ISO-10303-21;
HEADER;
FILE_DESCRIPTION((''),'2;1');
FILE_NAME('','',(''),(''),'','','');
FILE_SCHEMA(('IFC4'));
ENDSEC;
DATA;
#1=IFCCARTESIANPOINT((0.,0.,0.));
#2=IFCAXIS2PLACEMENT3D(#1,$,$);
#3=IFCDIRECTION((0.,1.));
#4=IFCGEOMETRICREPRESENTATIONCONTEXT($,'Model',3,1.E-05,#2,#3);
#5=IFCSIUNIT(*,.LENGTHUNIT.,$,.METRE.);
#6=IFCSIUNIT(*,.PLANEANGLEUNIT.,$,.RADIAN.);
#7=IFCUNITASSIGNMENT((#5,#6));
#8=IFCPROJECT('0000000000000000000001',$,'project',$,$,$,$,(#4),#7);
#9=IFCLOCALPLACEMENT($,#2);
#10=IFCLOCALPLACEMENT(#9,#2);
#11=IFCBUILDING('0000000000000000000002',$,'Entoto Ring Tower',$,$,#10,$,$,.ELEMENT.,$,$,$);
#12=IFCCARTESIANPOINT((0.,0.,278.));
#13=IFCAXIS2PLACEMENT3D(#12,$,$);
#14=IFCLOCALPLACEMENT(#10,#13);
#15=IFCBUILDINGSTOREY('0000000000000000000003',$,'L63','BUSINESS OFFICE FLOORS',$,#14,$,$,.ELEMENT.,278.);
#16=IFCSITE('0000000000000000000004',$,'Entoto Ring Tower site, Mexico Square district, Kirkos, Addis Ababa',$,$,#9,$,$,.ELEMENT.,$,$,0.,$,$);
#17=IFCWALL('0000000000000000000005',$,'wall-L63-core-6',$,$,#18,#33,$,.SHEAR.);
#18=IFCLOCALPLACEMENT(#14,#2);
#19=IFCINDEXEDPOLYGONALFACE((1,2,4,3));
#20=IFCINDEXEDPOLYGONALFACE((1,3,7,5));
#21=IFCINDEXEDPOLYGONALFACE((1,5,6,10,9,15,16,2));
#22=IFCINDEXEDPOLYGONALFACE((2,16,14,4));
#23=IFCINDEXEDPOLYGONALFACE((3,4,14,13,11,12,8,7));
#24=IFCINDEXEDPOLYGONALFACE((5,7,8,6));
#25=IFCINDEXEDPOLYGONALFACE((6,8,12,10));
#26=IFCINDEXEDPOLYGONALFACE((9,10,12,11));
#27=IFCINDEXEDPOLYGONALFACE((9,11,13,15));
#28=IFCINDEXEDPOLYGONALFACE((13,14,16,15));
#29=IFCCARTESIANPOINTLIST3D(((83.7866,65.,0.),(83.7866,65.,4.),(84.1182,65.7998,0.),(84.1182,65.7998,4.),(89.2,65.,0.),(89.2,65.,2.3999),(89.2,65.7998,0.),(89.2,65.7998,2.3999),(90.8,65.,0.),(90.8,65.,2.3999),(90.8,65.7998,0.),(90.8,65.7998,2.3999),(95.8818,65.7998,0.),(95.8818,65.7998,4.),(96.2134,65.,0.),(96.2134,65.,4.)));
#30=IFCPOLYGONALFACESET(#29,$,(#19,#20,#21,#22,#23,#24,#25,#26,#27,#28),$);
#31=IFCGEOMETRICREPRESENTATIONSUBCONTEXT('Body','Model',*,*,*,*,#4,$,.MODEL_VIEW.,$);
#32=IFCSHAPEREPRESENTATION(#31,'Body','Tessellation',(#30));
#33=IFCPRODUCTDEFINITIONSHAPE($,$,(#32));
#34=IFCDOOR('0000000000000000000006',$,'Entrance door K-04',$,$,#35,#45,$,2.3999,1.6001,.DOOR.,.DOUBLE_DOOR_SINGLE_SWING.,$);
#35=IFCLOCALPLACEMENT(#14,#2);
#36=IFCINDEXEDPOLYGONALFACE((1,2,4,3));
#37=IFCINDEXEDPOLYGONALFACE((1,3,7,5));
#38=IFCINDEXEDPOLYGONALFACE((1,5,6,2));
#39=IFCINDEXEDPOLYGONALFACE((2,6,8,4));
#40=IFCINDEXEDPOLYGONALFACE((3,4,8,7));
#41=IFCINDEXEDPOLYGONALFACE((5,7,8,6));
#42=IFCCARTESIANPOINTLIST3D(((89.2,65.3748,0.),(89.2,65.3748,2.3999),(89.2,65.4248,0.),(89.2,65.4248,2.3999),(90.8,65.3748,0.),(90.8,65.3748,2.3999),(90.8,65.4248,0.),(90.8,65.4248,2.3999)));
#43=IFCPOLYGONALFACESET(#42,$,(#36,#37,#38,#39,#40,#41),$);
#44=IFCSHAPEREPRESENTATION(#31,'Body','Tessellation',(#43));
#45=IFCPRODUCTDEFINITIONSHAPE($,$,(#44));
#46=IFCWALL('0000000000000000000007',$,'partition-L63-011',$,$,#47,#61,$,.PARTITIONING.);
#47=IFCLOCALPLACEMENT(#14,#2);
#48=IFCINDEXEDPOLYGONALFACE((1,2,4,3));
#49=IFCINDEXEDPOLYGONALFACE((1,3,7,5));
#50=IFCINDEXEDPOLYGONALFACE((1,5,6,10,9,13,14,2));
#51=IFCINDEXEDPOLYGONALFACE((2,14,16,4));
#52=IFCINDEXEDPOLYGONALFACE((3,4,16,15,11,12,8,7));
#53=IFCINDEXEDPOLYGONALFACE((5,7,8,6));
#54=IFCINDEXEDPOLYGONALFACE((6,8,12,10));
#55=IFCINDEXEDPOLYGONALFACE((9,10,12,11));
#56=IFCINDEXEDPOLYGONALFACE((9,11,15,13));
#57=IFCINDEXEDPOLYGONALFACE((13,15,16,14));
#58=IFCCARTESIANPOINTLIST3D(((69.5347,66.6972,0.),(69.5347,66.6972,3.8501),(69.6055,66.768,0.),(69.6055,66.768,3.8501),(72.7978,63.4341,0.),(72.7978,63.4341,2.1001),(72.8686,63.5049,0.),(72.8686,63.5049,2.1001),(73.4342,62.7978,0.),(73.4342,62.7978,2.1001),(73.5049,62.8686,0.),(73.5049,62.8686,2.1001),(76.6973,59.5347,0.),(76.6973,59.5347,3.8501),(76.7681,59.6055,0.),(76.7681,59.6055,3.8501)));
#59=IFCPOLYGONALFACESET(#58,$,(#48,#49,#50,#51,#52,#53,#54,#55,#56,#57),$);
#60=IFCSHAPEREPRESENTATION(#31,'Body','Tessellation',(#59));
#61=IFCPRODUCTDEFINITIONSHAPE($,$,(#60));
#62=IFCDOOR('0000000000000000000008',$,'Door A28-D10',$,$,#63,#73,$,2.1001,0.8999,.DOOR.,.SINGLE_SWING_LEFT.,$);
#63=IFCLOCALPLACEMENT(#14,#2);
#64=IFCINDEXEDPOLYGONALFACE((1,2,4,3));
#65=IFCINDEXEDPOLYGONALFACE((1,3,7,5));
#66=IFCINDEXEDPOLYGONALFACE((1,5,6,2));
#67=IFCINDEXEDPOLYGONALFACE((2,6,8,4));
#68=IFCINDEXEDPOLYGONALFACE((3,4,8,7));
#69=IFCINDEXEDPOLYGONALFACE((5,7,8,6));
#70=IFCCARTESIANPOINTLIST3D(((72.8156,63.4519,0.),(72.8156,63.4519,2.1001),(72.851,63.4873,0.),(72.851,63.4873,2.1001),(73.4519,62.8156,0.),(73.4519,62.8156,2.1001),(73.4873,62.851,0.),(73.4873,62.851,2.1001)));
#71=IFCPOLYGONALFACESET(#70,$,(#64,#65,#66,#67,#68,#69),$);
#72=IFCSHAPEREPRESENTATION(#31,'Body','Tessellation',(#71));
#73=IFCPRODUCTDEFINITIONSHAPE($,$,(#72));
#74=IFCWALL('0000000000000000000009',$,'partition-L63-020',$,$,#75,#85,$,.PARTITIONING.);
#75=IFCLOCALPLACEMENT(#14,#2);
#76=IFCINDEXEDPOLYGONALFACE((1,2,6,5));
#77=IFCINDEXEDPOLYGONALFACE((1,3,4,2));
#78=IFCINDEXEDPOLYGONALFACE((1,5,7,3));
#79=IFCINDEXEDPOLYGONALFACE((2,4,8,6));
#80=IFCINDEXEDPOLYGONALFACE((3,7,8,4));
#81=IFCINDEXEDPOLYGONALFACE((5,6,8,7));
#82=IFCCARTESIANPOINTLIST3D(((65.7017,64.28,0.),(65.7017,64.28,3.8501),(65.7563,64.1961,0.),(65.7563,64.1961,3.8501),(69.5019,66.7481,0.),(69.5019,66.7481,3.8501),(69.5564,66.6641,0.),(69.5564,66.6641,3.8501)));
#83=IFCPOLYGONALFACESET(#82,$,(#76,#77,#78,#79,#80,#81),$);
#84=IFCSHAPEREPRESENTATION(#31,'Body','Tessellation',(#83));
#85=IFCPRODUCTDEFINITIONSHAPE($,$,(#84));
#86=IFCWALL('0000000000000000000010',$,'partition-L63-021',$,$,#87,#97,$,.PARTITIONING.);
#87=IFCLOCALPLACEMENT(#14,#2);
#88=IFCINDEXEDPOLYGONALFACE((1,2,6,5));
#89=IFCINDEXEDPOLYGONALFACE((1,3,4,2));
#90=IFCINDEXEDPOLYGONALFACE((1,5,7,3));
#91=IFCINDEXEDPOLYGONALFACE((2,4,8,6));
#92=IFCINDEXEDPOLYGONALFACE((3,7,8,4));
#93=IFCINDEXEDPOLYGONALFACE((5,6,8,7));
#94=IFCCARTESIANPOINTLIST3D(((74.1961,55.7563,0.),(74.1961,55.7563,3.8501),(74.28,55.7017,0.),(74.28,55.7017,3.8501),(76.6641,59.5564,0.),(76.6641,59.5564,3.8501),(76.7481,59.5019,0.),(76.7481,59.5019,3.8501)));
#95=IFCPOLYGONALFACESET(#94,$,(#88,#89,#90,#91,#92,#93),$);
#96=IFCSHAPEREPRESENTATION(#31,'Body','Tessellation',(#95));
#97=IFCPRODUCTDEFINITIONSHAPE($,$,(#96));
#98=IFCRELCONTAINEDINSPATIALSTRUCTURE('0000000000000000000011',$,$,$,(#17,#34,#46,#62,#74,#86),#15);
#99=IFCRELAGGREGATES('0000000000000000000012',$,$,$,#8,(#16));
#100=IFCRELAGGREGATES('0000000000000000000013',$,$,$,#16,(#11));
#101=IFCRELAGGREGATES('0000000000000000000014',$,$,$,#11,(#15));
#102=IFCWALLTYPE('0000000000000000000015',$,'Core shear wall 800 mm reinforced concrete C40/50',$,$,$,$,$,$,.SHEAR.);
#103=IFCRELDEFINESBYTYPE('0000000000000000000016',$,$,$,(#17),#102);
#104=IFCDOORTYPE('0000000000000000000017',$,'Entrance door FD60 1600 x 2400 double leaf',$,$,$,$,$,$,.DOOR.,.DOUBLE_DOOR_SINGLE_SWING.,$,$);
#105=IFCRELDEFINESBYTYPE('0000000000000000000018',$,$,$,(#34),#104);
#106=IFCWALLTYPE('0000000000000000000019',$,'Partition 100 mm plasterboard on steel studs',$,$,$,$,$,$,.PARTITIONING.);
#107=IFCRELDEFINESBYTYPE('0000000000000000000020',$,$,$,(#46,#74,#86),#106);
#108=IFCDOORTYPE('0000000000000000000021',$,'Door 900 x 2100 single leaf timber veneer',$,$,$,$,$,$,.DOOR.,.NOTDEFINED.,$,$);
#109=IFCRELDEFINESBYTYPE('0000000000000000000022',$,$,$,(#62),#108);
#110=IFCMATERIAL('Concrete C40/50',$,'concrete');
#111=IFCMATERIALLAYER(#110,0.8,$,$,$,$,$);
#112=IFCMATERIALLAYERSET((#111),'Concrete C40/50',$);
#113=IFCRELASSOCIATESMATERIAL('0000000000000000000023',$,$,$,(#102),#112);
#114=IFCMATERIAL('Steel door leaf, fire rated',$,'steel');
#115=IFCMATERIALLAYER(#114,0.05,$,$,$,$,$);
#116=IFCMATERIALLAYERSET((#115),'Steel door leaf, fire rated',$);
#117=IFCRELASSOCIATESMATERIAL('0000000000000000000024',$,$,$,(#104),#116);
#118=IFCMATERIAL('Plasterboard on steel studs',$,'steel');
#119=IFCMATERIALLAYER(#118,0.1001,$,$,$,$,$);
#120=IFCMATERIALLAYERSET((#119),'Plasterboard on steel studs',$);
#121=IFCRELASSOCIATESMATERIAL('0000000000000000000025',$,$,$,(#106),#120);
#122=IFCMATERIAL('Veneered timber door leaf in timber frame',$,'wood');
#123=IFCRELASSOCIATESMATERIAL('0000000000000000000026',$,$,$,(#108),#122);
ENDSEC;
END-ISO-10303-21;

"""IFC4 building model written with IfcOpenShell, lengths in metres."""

from ifc_helpers import new_model, si_unit, direction, frame, frame_2d, origin, place, context, subcontext, project, spatial, polyline, rectangle, outline, extrude, material, layer, layer_set, type_object, element, fill, save


model = new_model("IFC4")

# Units and contexts
model_context = context("Model", 3, precision=1e-05, world=origin(), true_north=direction((0.0, 1.0)))
body_context = subcontext(model_context, "Body", "Model", "MODEL_VIEW")
ifc_project = project(units=[si_unit("LENGTHUNIT", "METRE"), si_unit("PLANEANGLEUNIT", "RADIAN")], contexts=[model_context])

# Site, building, storey
site_placement = place(None, origin())
site = spatial("IfcSite", under=ifc_project, at=site_placement, Name="Entoto Ring Tower site, Mexico Square district, Kirkos, Addis Ababa", CompositionType="ELEMENT", RefElevation=0.0)
building_placement = place(site_placement, origin())
building = spatial("IfcBuilding", under=site, at=building_placement, Name="Entoto Ring Tower", CompositionType="ELEMENT")
storey_placement = place(building_placement, frame((0.0, 0.0, 278.0)))
storey = spatial("IfcBuildingStorey", under=building, at=storey_placement, Name="L63", Description="BUSINESS OFFICE FLOORS", CompositionType="ELEMENT", Elevation=278.0)

# Walls, openings, doors
ifc_material_1 = material(Name="Concrete C40/50", Category="concrete")
ifc_layer_1 = layer(ifc_material_1, 0.8)
ifc_layer_set_1 = layer_set([ifc_layer_1], Name="Concrete C40/50")
wall_type_1 = type_object("IfcWallType", Name="Core shear wall 800 mm reinforced concrete C40/50", PredefinedType="SHEAR", material=ifc_layer_set_1)
wall_1_placement = place(storey_placement, frame((83.9524, 65.3999, 0.0), z_axis=(0.0, 0.0, 1.0), x_axis=(1.0, 0.0, 0.0)))
wall_1 = element("IfcWall", 1, at=wall_1_placement, inside=storey, type_object=wall_type_1, Name="wall-L63-core-6", PredefinedType="SHEAR", context=body_context, shape_type="SweptSolid", body=[
    extrude(outline(polyline([(-0.1658, -0.3999), (12.261, -0.3999), (11.9294, 0.3999), (0.1658, 0.3999), (-0.1658, -0.3999)])), origin(), (0.0, 0.0, 1.0), 4.0),
])
opening_1_placement = place(wall_1_placement, frame((5.2476, 0.0, 0.0)))
opening_1 = element("IfcOpeningElement", 2, at=opening_1_placement, cuts=wall_1, PredefinedType="OPENING", context=body_context, shape_type="SweptSolid", body=[
    extrude(rectangle(XDim=1.6001, YDim=2.3999, at=frame_2d((0.8, 1.2))), frame((0.0, 0.4102, 0.0), z_axis=(0.0, -1.0, 0.0), x_axis=(1.0, 0.0, 0.0)), (0.0, 0.0, 1.0), 0.8201),
])
ifc_material_2 = material(Name="Steel door leaf, fire rated", Category="steel")
ifc_layer_2 = layer(ifc_material_2, 0.05)
ifc_layer_set_2 = layer_set([ifc_layer_2], Name="Steel door leaf, fire rated")
door_type_1 = type_object("IfcDoorType", Name="Entrance door FD60 1600 x 2400 double leaf", OperationType="DOUBLE_DOOR_SINGLE_SWING", PredefinedType="DOOR", material=ifc_layer_set_2)
door_1_placement = place(opening_1_placement, origin())
door_1 = element("IfcDoor", 3, at=door_1_placement, inside=storey, type_object=door_type_1, Name="Entrance door K-04", OperationType="DOUBLE_DOOR_SINGLE_SWING", OverallHeight=2.3999, OverallWidth=1.6001, PredefinedType="DOOR", context=body_context, shape_type="SweptSolid", body=[
    extrude(rectangle(XDim=1.6001, YDim=2.3999, at=frame_2d((0.8, 1.2))), frame((0.0, 0.0249, 0.0), z_axis=(0.0, -1.0, 0.0), x_axis=(1.0, 0.0, 0.0)), (0.0, 0.0, 1.0), 0.05),
])
fill(opening_1, door_1)
ifc_material_3 = material(Name="Plasterboard on steel studs", Category="steel")
ifc_layer_3 = layer(ifc_material_3, 0.1001)
ifc_layer_set_3 = layer_set([ifc_layer_3], Name="Plasterboard on steel studs")
wall_type_2 = type_object("IfcWallType", Name="Partition 100 mm plasterboard on steel studs", PredefinedType="PARTITIONING", material=ifc_layer_set_3)
wall_2_placement = place(storey_placement, frame((76.7327, 59.5701, 0.0), z_axis=(0.0, 0.0, 1.0), x_axis=(-0.707107, 0.707107, 0.0)))
wall_2 = element("IfcWall", 4, at=wall_2_placement, inside=storey, type_object=wall_type_2, Name="partition-L63-011", PredefinedType="PARTITIONING", context=body_context, shape_type="SweptSolid", body=[
    extrude(rectangle(XDim=10.1294, YDim=0.1001, at=frame_2d((5.0647, 0.0))), origin(), (0.0, 0.0, 1.0), 3.8501),
])
opening_2_placement = place(wall_2_placement, frame((4.6147, 0.0, 0.0)))
opening_2 = element("IfcOpeningElement", 5, at=opening_2_placement, cuts=wall_2, PredefinedType="OPENING", context=body_context, shape_type="SweptSolid", body=[
    extrude(rectangle(XDim=0.8999, YDim=2.1001, at=frame_2d((0.45, 1.05))), frame((0.0, 0.0601, 0.0), z_axis=(0.0, -1.0, 0.0), x_axis=(1.0, 0.0, 0.0)), (0.0, 0.0, 1.0), 0.1201),
])
ifc_material_4 = material(Name="Veneered timber door leaf in timber frame", Category="wood")
door_type_2 = type_object("IfcDoorType", Name="Door 900 x 2100 single leaf timber veneer", OperationType="NOTDEFINED", PredefinedType="DOOR", material=ifc_material_4)
door_2_placement = place(opening_2_placement, origin())
door_2 = element("IfcDoor", 6, at=door_2_placement, inside=storey, type_object=door_type_2, Name="Door A28-D10", OperationType="SINGLE_SWING_LEFT", OverallHeight=2.1001, OverallWidth=0.8999, PredefinedType="DOOR", context=body_context, shape_type="SweptSolid", body=[
    extrude(rectangle(XDim=0.8999, YDim=2.1001, at=frame_2d((0.45, 1.05))), frame((0.0, 0.0249, 0.0), z_axis=(0.0, -1.0, 0.0), x_axis=(1.0, 0.0, 0.0)), (0.0, 0.0, 1.0), 0.05),
])
fill(opening_2, door_2)

# Walls
for number, where, z_axis, x_axis, name in (
    (7, (65.729, 64.238, 0.0), (0.0, 0.0, 1.0), (0.838647, 0.544676, 0.0), "partition-L63-020"),
    (8, (74.238, 55.729, 0.0), (0.0, 0.0, 1.0), (0.544676, 0.838647, 0.0), "partition-L63-021"),
):
    element("IfcWall", number, at=place(storey_placement, frame(where, z_axis=z_axis, x_axis=x_axis)), inside=storey, type_object=wall_type_2, Name=name, PredefinedType="PARTITIONING", context=body_context, shape_type="SweptSolid", body=[
        extrude(rectangle(XDim=4.5312, YDim=0.1001, at=frame_2d((2.2656, 0.0))), origin(), (0.0, 0.0, 1.0), 3.8501),
    ])

save(model, "model.ifc")
